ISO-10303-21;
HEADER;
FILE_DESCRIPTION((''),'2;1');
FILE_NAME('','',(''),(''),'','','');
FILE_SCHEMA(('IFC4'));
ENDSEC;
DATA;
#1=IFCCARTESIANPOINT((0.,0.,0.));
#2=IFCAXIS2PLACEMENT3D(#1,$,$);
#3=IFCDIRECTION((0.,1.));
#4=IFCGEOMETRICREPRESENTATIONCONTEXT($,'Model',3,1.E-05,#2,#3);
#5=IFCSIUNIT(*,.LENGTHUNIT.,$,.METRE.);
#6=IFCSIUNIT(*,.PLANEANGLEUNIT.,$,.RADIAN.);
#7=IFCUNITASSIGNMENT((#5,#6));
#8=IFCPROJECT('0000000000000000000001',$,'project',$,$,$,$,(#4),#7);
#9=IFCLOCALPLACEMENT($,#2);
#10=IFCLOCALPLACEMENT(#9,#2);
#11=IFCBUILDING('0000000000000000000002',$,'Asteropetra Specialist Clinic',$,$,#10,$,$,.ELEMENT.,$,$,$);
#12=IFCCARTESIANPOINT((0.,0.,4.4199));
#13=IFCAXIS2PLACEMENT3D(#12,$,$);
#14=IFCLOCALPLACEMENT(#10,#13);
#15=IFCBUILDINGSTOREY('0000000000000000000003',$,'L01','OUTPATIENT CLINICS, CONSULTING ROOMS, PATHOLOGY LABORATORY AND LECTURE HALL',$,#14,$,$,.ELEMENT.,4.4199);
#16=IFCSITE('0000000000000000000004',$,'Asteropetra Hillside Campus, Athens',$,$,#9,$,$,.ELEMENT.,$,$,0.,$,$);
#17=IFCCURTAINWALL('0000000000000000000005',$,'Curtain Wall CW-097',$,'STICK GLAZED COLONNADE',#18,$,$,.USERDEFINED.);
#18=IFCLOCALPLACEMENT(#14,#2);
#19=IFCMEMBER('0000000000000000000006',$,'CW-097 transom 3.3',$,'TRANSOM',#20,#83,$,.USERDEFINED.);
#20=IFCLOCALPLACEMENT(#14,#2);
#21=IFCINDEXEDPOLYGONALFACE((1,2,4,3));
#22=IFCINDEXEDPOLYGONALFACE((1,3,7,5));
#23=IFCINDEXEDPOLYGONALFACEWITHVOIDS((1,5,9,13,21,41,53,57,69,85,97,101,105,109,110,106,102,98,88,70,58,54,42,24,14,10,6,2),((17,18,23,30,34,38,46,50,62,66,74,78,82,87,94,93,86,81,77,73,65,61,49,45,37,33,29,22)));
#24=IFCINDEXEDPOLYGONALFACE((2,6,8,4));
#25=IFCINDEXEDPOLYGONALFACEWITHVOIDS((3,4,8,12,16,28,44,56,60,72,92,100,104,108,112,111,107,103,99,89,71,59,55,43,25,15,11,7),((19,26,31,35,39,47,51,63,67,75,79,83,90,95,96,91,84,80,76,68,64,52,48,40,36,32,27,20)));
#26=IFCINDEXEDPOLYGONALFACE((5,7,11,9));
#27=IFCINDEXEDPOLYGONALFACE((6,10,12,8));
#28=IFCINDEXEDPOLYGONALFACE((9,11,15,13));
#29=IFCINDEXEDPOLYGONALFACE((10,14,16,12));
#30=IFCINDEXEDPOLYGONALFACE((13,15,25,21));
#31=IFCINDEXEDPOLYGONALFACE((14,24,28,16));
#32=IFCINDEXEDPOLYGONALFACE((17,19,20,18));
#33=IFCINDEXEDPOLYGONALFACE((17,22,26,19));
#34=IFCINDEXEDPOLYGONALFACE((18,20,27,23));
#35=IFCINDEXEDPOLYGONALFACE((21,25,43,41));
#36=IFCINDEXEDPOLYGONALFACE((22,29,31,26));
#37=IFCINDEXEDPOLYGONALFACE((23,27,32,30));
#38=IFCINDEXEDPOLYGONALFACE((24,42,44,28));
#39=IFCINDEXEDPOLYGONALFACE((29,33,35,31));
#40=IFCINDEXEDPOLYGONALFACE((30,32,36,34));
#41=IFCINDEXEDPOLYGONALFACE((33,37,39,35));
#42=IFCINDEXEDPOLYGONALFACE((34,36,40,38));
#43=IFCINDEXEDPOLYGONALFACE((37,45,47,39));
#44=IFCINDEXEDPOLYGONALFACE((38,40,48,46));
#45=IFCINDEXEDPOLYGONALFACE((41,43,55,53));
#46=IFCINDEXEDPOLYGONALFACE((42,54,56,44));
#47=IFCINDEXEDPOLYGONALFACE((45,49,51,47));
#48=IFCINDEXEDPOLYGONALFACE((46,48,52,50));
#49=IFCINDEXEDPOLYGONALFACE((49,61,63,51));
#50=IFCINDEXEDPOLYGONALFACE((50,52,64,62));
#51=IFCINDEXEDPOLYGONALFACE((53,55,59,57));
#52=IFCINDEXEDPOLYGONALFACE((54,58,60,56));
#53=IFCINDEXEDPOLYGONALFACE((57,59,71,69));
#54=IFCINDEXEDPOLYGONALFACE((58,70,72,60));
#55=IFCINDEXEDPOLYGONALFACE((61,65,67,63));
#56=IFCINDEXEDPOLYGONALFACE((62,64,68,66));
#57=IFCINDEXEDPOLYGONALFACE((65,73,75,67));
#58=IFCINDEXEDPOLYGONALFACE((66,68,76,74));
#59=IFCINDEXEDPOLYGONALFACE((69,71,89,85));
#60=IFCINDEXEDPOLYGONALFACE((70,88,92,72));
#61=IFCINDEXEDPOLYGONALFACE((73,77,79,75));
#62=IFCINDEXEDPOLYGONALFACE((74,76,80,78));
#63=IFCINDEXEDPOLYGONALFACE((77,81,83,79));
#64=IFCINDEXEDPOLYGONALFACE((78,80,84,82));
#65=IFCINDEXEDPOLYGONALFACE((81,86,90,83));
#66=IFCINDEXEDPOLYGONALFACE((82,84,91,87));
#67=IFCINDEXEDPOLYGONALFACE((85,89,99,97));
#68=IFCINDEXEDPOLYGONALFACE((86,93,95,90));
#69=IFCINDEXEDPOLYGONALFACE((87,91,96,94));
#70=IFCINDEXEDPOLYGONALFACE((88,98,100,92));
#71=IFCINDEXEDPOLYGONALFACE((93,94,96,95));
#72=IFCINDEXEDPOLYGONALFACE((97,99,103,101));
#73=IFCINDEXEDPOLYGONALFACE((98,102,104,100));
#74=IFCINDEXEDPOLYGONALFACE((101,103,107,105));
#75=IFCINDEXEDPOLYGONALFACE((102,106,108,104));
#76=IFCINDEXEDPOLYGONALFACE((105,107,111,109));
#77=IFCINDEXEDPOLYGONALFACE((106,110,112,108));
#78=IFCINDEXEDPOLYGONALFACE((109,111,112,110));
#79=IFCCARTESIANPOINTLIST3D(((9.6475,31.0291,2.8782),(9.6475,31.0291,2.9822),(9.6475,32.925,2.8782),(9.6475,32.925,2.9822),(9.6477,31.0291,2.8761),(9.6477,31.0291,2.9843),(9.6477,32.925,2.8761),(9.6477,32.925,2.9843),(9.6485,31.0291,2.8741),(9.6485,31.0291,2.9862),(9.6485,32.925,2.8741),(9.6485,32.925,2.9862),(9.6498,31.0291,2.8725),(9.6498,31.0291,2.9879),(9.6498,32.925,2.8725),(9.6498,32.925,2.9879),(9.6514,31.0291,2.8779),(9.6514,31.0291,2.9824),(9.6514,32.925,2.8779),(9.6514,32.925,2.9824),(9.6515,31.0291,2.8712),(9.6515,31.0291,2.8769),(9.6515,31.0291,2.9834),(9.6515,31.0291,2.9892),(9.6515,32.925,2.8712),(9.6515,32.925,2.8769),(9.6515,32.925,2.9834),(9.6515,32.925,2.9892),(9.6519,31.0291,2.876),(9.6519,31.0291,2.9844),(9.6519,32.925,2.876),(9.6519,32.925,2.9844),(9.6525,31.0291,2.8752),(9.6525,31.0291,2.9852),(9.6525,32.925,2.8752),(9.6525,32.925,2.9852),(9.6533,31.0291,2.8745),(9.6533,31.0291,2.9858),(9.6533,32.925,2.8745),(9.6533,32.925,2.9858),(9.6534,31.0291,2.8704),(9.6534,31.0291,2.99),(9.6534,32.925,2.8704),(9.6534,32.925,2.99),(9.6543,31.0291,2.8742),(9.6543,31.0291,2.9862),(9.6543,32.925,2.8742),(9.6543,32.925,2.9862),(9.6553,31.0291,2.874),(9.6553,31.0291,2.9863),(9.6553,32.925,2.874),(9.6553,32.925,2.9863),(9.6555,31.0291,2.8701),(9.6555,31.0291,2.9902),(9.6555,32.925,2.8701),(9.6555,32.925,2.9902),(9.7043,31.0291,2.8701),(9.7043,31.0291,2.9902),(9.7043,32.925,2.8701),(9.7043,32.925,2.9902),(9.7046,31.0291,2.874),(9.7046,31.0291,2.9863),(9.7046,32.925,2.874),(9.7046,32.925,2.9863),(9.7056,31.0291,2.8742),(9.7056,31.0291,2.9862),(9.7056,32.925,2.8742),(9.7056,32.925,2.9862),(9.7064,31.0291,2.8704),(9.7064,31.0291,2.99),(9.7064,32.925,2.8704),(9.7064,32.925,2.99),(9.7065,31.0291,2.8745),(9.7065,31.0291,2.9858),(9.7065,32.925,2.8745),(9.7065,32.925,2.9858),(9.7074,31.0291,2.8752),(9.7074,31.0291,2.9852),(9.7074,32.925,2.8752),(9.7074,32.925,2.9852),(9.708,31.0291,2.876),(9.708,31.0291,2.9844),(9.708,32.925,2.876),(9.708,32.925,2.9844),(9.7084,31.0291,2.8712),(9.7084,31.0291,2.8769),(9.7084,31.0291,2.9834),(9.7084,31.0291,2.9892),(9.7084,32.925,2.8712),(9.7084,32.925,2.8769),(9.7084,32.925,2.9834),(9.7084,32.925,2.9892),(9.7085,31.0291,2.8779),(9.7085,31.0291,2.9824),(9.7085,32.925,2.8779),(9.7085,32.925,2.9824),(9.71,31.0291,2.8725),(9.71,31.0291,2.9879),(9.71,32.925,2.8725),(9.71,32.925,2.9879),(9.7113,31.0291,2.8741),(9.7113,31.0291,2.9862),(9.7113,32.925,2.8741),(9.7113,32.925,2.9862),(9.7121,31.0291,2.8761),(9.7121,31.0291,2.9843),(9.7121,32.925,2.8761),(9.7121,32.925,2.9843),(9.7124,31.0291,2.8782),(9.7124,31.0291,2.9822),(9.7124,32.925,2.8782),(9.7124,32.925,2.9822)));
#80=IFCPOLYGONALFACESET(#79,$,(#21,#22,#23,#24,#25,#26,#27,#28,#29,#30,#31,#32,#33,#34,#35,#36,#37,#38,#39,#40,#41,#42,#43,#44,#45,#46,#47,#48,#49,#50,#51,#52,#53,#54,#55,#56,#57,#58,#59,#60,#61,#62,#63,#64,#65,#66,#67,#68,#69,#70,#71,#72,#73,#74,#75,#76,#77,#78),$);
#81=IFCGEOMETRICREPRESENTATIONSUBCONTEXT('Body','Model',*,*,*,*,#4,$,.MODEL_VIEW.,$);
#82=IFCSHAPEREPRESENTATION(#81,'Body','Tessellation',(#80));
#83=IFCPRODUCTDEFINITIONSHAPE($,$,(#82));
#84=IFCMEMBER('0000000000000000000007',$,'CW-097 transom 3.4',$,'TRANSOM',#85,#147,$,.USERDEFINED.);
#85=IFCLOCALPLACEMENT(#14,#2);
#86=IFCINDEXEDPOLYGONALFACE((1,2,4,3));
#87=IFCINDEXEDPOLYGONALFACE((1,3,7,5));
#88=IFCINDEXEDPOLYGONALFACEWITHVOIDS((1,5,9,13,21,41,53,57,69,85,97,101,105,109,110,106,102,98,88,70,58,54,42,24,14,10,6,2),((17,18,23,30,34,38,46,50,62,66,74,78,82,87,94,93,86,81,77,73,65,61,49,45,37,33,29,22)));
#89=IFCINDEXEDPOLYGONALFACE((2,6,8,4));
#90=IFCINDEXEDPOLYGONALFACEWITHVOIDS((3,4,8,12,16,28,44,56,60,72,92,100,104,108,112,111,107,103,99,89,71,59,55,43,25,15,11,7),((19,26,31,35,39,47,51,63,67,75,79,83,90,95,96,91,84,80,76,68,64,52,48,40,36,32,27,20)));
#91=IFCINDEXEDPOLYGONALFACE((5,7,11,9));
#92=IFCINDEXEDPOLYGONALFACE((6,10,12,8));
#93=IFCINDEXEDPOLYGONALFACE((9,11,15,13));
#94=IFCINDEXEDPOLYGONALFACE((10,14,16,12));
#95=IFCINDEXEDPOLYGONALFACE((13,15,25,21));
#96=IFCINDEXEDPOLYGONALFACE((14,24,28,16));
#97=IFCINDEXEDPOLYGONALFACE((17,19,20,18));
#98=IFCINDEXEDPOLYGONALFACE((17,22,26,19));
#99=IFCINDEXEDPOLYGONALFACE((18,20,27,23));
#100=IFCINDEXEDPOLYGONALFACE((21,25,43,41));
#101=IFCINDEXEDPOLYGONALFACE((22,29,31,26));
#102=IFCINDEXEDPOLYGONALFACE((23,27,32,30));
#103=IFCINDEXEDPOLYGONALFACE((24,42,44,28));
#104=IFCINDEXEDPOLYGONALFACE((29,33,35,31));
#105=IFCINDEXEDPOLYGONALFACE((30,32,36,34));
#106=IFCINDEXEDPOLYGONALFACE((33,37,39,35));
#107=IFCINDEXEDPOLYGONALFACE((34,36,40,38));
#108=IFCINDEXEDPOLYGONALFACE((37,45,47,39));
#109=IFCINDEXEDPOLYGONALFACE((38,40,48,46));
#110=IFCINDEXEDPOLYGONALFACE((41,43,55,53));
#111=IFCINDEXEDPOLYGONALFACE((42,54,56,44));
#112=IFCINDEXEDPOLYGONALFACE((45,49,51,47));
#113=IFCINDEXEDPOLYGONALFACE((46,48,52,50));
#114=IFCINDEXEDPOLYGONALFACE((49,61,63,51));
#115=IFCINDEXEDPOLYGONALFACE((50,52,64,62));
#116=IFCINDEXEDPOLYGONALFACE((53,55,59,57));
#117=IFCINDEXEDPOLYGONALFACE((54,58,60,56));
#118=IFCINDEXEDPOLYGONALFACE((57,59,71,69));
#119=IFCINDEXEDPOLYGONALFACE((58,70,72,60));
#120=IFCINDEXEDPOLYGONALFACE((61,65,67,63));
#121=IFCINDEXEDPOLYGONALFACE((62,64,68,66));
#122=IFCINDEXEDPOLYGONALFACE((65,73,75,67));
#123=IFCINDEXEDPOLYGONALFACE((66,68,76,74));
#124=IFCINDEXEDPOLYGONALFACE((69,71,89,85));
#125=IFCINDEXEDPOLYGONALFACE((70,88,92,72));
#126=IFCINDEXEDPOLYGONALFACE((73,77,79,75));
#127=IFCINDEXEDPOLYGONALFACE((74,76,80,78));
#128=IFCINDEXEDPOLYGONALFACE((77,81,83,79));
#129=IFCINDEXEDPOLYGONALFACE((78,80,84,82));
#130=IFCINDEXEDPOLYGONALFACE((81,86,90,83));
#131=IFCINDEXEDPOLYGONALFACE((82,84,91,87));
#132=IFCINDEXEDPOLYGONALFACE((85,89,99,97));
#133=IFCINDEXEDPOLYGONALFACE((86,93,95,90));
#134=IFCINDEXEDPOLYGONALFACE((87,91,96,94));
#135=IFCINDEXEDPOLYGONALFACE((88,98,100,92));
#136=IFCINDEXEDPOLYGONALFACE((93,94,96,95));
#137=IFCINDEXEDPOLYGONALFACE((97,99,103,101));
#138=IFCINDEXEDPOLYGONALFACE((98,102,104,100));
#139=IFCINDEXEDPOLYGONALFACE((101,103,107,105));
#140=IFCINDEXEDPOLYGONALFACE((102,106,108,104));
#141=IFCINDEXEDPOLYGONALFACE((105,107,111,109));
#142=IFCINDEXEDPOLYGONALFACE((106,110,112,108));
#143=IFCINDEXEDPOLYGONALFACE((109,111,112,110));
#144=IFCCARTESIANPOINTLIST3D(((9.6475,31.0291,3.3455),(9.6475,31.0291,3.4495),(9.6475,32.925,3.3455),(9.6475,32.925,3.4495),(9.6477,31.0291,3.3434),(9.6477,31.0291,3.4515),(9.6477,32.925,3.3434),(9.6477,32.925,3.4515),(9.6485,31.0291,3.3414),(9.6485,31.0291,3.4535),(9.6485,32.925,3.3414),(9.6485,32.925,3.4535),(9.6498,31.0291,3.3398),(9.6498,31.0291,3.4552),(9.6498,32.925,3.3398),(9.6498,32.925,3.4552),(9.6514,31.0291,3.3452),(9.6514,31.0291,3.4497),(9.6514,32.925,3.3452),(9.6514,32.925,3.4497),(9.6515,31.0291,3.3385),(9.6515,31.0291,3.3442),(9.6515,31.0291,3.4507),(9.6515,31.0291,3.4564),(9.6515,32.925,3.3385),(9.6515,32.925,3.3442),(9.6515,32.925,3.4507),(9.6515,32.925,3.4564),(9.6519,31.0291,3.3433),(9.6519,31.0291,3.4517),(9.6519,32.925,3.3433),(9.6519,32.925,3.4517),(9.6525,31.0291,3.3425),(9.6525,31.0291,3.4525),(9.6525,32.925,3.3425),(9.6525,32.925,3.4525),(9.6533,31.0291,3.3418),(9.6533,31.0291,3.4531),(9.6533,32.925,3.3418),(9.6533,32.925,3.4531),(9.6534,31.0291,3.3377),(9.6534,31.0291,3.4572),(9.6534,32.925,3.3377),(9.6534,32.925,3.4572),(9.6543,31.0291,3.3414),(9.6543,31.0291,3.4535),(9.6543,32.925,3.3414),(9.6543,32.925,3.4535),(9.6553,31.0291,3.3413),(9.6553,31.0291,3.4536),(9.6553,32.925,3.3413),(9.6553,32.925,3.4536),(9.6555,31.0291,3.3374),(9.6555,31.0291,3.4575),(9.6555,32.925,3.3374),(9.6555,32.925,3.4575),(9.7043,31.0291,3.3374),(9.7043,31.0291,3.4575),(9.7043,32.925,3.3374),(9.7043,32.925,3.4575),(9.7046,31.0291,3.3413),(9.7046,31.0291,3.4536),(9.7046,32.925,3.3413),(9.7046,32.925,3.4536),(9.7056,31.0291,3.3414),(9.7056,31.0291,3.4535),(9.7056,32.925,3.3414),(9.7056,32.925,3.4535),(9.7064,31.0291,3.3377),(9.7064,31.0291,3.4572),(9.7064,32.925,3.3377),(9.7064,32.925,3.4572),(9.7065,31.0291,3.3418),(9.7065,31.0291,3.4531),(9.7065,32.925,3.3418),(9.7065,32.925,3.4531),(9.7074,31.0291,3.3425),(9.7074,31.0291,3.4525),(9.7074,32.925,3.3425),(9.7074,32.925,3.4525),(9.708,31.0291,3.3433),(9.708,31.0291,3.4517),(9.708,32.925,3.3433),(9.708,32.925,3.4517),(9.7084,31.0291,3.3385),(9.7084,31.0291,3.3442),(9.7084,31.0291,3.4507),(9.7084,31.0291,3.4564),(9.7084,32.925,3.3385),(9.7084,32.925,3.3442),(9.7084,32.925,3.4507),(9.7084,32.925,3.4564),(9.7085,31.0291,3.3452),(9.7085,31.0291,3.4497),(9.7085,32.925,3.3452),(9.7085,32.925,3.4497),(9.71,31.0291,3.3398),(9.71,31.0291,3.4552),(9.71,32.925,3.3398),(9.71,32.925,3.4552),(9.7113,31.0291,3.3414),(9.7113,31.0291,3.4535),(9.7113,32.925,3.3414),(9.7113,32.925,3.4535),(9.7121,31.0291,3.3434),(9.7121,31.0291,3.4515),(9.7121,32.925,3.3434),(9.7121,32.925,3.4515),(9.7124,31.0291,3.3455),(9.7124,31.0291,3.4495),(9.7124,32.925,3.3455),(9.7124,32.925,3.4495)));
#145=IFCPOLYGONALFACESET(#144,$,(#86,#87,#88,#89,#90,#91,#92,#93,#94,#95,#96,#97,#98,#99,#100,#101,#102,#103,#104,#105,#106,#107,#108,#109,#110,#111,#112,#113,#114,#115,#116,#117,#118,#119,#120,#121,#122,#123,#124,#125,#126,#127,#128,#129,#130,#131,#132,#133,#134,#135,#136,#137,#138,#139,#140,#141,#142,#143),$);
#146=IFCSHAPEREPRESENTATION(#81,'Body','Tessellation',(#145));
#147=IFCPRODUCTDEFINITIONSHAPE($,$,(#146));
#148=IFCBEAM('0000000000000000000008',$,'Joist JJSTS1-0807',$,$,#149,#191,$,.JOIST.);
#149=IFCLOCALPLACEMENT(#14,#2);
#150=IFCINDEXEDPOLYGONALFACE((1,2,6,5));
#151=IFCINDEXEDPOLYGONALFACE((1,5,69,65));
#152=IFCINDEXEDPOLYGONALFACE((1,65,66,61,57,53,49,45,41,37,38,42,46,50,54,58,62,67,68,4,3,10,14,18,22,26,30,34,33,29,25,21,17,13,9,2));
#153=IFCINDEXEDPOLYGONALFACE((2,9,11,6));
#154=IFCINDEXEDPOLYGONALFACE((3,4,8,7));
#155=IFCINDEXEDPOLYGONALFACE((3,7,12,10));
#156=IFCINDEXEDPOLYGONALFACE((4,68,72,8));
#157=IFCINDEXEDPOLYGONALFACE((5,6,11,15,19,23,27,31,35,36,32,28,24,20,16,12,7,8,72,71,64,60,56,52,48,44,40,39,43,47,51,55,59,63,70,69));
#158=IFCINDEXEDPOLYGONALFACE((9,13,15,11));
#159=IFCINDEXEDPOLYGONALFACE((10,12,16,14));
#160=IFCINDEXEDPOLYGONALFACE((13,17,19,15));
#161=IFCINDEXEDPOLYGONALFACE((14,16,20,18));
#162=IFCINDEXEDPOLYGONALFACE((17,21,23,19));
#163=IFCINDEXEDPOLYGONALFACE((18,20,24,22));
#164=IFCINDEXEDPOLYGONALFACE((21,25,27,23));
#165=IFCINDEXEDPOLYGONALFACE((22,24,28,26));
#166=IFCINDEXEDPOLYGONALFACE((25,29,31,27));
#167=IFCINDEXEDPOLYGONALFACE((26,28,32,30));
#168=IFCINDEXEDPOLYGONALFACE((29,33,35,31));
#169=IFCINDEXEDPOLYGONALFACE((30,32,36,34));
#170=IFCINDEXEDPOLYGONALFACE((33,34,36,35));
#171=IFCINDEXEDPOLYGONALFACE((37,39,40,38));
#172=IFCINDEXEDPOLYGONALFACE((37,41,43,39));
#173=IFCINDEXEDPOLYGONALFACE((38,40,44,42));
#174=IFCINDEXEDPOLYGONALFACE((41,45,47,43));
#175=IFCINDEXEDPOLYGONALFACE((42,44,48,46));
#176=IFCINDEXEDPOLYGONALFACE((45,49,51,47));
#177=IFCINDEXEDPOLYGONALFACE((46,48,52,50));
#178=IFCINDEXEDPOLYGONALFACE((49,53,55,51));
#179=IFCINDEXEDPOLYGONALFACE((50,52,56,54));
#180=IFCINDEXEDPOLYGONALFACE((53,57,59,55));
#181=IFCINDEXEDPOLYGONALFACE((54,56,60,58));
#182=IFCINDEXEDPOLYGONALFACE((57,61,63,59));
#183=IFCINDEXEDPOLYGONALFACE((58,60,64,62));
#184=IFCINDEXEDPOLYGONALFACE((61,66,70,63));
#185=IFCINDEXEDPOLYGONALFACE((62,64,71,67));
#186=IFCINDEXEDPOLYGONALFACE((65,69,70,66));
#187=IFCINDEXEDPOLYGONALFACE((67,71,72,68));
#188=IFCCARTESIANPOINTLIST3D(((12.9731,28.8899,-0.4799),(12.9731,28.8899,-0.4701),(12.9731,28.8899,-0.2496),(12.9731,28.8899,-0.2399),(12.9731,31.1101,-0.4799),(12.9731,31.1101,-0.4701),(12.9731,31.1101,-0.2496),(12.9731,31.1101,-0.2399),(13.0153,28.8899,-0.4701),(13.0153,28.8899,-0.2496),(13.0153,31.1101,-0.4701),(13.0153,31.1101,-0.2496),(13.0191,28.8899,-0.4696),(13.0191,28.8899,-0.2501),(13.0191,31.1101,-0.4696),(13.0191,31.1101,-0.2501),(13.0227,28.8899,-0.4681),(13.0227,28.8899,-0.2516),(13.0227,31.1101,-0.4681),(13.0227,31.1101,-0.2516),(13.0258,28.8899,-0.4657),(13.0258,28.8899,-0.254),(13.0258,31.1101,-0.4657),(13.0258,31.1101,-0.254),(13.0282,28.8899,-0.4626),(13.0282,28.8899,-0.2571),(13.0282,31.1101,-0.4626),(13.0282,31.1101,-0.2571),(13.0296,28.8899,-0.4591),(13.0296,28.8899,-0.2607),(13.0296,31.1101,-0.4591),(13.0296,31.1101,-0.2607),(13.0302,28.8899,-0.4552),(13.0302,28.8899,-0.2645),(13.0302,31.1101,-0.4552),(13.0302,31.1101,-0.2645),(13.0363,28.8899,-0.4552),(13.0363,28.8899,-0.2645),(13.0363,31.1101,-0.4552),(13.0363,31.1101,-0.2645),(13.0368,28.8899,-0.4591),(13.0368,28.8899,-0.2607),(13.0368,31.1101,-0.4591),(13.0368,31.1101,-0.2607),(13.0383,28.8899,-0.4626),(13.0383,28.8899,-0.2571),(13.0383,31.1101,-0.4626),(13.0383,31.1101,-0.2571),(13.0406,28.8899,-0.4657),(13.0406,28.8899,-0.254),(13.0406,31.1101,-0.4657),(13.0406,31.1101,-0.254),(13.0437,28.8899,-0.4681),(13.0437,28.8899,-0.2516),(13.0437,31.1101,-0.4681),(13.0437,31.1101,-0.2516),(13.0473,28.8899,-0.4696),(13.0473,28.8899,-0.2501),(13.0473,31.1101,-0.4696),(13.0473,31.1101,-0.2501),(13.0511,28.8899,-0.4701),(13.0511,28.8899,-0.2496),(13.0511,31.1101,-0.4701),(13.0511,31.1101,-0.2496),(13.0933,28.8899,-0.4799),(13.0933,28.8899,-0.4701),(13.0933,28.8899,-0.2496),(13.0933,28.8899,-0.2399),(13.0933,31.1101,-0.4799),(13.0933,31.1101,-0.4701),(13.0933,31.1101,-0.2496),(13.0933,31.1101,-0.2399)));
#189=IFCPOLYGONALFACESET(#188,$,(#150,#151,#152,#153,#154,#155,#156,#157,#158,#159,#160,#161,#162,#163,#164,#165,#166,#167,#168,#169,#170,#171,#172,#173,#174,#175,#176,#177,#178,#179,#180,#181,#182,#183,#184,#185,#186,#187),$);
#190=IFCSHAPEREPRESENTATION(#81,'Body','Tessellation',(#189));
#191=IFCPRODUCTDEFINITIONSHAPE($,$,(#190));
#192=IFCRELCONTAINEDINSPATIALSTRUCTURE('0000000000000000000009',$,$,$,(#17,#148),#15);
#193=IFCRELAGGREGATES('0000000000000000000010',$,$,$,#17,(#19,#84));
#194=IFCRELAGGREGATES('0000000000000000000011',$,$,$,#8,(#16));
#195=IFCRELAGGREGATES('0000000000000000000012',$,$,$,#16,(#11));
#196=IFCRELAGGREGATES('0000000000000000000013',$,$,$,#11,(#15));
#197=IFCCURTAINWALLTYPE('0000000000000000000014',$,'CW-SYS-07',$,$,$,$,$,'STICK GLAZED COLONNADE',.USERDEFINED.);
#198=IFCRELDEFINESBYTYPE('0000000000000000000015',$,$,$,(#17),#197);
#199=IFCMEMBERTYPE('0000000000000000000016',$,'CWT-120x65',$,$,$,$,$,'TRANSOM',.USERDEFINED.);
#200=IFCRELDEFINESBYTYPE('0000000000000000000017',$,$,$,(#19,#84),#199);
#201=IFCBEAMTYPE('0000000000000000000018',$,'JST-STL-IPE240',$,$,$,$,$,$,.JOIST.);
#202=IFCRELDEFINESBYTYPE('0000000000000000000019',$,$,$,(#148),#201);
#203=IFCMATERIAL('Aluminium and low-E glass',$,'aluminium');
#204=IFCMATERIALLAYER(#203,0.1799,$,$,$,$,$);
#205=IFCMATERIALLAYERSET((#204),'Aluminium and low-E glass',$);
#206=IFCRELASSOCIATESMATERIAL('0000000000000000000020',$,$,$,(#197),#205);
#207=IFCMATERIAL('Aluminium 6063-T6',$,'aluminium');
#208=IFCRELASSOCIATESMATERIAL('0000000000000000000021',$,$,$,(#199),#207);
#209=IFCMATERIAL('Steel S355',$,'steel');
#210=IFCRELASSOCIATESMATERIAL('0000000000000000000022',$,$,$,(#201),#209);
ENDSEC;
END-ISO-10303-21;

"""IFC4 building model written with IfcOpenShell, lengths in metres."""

from ifc_helpers import new_model, si_unit, direction, frame, origin, origin_2d, place, context, subcontext, project, spatial, hollow_rectangle, i_section, extrude, material, layer, layer_set, material_profile, profile_set, type_object, element, aggregate, save


model = new_model("IFC4")

# Units and contexts
model_context = context("Model", 3, precision=1e-05, world=origin(), true_north=direction((0.0, 1.0)))
body_context = subcontext(model_context, "Body", "Model", "MODEL_VIEW")
ifc_project = project(units=[si_unit("LENGTHUNIT", "METRE"), si_unit("PLANEANGLEUNIT", "RADIAN")], contexts=[model_context])

# Site, building, storey
site_placement = place(None, origin())
site = spatial("IfcSite", under=ifc_project, at=site_placement, Name="Asteropetra Hillside Campus, Athens", CompositionType="ELEMENT", RefElevation=0.0)
building_placement = place(site_placement, origin())
building = spatial("IfcBuilding", under=site, at=building_placement, Name="Asteropetra Specialist Clinic", CompositionType="ELEMENT")
storey_placement = place(building_placement, frame((0.0, 0.0, 4.4199)))
storey = spatial("IfcBuildingStorey", under=building, at=storey_placement, Name="L01", Description="OUTPATIENT CLINICS, CONSULTING ROOMS, PATHOLOGY LABORATORY AND LECTURE HALL", CompositionType="ELEMENT", Elevation=4.4199)

# Curtain wall, members
ifc_material_1 = material(Name="Aluminium and low-E glass", Category="aluminium")
ifc_layer_1 = layer(ifc_material_1, 0.1799)
ifc_layer_set_1 = layer_set([ifc_layer_1], Name="Aluminium and low-E glass")
curtain_wall_type = type_object("IfcCurtainWallType", Name="CW-SYS-07", ElementType="STICK GLAZED COLONNADE", PredefinedType="USERDEFINED", material=ifc_layer_set_1)
curtain_wall_placement = place(storey_placement, origin())
curtain_wall = element("IfcCurtainWall", 1, at=curtain_wall_placement, inside=storey, type_object=curtain_wall_type, Name="Curtain Wall CW-097", ObjectType="STICK GLAZED COLONNADE", PredefinedType="USERDEFINED")
ifc_material_2 = material(Name="Aluminium 6063-T6", Category="aluminium")
ifc_material_profile_1 = material_profile(ifc_material_2, hollow_rectangle(XDim=0.0649, YDim=0.1201, WallThickness=0.0039, InnerFilletRadius=0.0039, OuterFilletRadius=0.0081, at=origin_2d()), Name="TRN 120x65x4.0")
ifc_profile_set_1 = profile_set([ifc_material_profile_1], Name="Aluminium 6063-T6")
member_type_1 = type_object("IfcMemberType", Name="CWT-120x65", ElementType="TRANSOM", PredefinedType="USERDEFINED", material=ifc_profile_set_1)
member_1_placement = place(storey_placement, frame((9.6799, 31.0291, 2.9302), z_axis=(0.0, 1.0, 0.0), x_axis=(-1.0, 0.0, 0.0)))
member_1 = element("IfcMember", 2, at=member_1_placement, type_object=member_type_1, Name="CW-097 transom 3.3", ObjectType="TRANSOM", PredefinedType="USERDEFINED", context=body_context, shape_type="SweptSolid", body=[
    extrude(hollow_rectangle(XDim=0.0649, YDim=0.1201, WallThickness=0.0039, InnerFilletRadius=0.0039, OuterFilletRadius=0.0081, at=origin_2d()), origin(), (0.0, 0.0, 1.0), 1.896),
])
member_2_placement = place(storey_placement, frame((9.6799, 31.0291, 3.3975), z_axis=(0.0, 1.0, 0.0), x_axis=(-1.0, 0.0, 0.0)))
member_2 = element("IfcMember", 3, at=member_2_placement, type_object=member_type_1, Name="CW-097 transom 3.4", ObjectType="TRANSOM", PredefinedType="USERDEFINED", context=body_context, shape_type="SweptSolid", body=[
    extrude(hollow_rectangle(XDim=0.0649, YDim=0.1201, WallThickness=0.0039, InnerFilletRadius=0.0039, OuterFilletRadius=0.0081, at=origin_2d()), origin(), (0.0, 0.0, 1.0), 1.896),
])

# Beam
ifc_material_3 = material(Name="Steel S355", Category="steel")
ifc_material_profile_2 = material_profile(ifc_material_3, i_section(OverallWidth=0.1201, OverallDepth=0.24, WebThickness=0.0061, FlangeThickness=0.0098, FilletRadius=0.0149, at=origin_2d()), Name="IPE 240")
ifc_profile_set_2 = profile_set([ifc_material_profile_2], Name="Steel S355")
beam_type_1 = type_object("IfcBeamType", Name="JST-STL-IPE240", PredefinedType="JOIST", material=ifc_profile_set_2)
for number, where, z_axis, x_axis, name in (
    (4, (13.0332, 28.8899, -0.3599), (0.0, 1.0, 0.0), (-1.0, 0.0, 0.0), "Joist JJSTS1-0807"),
):
    element("IfcBeam", number, at=place(storey_placement, frame(where, z_axis=z_axis, x_axis=x_axis)), inside=storey, type_object=beam_type_1, Name=name, PredefinedType="JOIST", context=body_context, shape_type="SweptSolid", body=[
        extrude(i_section(OverallWidth=0.1201, OverallDepth=0.24, WebThickness=0.0061, FlangeThickness=0.0098, FilletRadius=0.0149, at=origin_2d()), origin(), (0.0, 0.0, 1.0), 2.2202),
    ])

aggregate(curtain_wall, [member_1, member_2])

save(model, "model.ifc")
